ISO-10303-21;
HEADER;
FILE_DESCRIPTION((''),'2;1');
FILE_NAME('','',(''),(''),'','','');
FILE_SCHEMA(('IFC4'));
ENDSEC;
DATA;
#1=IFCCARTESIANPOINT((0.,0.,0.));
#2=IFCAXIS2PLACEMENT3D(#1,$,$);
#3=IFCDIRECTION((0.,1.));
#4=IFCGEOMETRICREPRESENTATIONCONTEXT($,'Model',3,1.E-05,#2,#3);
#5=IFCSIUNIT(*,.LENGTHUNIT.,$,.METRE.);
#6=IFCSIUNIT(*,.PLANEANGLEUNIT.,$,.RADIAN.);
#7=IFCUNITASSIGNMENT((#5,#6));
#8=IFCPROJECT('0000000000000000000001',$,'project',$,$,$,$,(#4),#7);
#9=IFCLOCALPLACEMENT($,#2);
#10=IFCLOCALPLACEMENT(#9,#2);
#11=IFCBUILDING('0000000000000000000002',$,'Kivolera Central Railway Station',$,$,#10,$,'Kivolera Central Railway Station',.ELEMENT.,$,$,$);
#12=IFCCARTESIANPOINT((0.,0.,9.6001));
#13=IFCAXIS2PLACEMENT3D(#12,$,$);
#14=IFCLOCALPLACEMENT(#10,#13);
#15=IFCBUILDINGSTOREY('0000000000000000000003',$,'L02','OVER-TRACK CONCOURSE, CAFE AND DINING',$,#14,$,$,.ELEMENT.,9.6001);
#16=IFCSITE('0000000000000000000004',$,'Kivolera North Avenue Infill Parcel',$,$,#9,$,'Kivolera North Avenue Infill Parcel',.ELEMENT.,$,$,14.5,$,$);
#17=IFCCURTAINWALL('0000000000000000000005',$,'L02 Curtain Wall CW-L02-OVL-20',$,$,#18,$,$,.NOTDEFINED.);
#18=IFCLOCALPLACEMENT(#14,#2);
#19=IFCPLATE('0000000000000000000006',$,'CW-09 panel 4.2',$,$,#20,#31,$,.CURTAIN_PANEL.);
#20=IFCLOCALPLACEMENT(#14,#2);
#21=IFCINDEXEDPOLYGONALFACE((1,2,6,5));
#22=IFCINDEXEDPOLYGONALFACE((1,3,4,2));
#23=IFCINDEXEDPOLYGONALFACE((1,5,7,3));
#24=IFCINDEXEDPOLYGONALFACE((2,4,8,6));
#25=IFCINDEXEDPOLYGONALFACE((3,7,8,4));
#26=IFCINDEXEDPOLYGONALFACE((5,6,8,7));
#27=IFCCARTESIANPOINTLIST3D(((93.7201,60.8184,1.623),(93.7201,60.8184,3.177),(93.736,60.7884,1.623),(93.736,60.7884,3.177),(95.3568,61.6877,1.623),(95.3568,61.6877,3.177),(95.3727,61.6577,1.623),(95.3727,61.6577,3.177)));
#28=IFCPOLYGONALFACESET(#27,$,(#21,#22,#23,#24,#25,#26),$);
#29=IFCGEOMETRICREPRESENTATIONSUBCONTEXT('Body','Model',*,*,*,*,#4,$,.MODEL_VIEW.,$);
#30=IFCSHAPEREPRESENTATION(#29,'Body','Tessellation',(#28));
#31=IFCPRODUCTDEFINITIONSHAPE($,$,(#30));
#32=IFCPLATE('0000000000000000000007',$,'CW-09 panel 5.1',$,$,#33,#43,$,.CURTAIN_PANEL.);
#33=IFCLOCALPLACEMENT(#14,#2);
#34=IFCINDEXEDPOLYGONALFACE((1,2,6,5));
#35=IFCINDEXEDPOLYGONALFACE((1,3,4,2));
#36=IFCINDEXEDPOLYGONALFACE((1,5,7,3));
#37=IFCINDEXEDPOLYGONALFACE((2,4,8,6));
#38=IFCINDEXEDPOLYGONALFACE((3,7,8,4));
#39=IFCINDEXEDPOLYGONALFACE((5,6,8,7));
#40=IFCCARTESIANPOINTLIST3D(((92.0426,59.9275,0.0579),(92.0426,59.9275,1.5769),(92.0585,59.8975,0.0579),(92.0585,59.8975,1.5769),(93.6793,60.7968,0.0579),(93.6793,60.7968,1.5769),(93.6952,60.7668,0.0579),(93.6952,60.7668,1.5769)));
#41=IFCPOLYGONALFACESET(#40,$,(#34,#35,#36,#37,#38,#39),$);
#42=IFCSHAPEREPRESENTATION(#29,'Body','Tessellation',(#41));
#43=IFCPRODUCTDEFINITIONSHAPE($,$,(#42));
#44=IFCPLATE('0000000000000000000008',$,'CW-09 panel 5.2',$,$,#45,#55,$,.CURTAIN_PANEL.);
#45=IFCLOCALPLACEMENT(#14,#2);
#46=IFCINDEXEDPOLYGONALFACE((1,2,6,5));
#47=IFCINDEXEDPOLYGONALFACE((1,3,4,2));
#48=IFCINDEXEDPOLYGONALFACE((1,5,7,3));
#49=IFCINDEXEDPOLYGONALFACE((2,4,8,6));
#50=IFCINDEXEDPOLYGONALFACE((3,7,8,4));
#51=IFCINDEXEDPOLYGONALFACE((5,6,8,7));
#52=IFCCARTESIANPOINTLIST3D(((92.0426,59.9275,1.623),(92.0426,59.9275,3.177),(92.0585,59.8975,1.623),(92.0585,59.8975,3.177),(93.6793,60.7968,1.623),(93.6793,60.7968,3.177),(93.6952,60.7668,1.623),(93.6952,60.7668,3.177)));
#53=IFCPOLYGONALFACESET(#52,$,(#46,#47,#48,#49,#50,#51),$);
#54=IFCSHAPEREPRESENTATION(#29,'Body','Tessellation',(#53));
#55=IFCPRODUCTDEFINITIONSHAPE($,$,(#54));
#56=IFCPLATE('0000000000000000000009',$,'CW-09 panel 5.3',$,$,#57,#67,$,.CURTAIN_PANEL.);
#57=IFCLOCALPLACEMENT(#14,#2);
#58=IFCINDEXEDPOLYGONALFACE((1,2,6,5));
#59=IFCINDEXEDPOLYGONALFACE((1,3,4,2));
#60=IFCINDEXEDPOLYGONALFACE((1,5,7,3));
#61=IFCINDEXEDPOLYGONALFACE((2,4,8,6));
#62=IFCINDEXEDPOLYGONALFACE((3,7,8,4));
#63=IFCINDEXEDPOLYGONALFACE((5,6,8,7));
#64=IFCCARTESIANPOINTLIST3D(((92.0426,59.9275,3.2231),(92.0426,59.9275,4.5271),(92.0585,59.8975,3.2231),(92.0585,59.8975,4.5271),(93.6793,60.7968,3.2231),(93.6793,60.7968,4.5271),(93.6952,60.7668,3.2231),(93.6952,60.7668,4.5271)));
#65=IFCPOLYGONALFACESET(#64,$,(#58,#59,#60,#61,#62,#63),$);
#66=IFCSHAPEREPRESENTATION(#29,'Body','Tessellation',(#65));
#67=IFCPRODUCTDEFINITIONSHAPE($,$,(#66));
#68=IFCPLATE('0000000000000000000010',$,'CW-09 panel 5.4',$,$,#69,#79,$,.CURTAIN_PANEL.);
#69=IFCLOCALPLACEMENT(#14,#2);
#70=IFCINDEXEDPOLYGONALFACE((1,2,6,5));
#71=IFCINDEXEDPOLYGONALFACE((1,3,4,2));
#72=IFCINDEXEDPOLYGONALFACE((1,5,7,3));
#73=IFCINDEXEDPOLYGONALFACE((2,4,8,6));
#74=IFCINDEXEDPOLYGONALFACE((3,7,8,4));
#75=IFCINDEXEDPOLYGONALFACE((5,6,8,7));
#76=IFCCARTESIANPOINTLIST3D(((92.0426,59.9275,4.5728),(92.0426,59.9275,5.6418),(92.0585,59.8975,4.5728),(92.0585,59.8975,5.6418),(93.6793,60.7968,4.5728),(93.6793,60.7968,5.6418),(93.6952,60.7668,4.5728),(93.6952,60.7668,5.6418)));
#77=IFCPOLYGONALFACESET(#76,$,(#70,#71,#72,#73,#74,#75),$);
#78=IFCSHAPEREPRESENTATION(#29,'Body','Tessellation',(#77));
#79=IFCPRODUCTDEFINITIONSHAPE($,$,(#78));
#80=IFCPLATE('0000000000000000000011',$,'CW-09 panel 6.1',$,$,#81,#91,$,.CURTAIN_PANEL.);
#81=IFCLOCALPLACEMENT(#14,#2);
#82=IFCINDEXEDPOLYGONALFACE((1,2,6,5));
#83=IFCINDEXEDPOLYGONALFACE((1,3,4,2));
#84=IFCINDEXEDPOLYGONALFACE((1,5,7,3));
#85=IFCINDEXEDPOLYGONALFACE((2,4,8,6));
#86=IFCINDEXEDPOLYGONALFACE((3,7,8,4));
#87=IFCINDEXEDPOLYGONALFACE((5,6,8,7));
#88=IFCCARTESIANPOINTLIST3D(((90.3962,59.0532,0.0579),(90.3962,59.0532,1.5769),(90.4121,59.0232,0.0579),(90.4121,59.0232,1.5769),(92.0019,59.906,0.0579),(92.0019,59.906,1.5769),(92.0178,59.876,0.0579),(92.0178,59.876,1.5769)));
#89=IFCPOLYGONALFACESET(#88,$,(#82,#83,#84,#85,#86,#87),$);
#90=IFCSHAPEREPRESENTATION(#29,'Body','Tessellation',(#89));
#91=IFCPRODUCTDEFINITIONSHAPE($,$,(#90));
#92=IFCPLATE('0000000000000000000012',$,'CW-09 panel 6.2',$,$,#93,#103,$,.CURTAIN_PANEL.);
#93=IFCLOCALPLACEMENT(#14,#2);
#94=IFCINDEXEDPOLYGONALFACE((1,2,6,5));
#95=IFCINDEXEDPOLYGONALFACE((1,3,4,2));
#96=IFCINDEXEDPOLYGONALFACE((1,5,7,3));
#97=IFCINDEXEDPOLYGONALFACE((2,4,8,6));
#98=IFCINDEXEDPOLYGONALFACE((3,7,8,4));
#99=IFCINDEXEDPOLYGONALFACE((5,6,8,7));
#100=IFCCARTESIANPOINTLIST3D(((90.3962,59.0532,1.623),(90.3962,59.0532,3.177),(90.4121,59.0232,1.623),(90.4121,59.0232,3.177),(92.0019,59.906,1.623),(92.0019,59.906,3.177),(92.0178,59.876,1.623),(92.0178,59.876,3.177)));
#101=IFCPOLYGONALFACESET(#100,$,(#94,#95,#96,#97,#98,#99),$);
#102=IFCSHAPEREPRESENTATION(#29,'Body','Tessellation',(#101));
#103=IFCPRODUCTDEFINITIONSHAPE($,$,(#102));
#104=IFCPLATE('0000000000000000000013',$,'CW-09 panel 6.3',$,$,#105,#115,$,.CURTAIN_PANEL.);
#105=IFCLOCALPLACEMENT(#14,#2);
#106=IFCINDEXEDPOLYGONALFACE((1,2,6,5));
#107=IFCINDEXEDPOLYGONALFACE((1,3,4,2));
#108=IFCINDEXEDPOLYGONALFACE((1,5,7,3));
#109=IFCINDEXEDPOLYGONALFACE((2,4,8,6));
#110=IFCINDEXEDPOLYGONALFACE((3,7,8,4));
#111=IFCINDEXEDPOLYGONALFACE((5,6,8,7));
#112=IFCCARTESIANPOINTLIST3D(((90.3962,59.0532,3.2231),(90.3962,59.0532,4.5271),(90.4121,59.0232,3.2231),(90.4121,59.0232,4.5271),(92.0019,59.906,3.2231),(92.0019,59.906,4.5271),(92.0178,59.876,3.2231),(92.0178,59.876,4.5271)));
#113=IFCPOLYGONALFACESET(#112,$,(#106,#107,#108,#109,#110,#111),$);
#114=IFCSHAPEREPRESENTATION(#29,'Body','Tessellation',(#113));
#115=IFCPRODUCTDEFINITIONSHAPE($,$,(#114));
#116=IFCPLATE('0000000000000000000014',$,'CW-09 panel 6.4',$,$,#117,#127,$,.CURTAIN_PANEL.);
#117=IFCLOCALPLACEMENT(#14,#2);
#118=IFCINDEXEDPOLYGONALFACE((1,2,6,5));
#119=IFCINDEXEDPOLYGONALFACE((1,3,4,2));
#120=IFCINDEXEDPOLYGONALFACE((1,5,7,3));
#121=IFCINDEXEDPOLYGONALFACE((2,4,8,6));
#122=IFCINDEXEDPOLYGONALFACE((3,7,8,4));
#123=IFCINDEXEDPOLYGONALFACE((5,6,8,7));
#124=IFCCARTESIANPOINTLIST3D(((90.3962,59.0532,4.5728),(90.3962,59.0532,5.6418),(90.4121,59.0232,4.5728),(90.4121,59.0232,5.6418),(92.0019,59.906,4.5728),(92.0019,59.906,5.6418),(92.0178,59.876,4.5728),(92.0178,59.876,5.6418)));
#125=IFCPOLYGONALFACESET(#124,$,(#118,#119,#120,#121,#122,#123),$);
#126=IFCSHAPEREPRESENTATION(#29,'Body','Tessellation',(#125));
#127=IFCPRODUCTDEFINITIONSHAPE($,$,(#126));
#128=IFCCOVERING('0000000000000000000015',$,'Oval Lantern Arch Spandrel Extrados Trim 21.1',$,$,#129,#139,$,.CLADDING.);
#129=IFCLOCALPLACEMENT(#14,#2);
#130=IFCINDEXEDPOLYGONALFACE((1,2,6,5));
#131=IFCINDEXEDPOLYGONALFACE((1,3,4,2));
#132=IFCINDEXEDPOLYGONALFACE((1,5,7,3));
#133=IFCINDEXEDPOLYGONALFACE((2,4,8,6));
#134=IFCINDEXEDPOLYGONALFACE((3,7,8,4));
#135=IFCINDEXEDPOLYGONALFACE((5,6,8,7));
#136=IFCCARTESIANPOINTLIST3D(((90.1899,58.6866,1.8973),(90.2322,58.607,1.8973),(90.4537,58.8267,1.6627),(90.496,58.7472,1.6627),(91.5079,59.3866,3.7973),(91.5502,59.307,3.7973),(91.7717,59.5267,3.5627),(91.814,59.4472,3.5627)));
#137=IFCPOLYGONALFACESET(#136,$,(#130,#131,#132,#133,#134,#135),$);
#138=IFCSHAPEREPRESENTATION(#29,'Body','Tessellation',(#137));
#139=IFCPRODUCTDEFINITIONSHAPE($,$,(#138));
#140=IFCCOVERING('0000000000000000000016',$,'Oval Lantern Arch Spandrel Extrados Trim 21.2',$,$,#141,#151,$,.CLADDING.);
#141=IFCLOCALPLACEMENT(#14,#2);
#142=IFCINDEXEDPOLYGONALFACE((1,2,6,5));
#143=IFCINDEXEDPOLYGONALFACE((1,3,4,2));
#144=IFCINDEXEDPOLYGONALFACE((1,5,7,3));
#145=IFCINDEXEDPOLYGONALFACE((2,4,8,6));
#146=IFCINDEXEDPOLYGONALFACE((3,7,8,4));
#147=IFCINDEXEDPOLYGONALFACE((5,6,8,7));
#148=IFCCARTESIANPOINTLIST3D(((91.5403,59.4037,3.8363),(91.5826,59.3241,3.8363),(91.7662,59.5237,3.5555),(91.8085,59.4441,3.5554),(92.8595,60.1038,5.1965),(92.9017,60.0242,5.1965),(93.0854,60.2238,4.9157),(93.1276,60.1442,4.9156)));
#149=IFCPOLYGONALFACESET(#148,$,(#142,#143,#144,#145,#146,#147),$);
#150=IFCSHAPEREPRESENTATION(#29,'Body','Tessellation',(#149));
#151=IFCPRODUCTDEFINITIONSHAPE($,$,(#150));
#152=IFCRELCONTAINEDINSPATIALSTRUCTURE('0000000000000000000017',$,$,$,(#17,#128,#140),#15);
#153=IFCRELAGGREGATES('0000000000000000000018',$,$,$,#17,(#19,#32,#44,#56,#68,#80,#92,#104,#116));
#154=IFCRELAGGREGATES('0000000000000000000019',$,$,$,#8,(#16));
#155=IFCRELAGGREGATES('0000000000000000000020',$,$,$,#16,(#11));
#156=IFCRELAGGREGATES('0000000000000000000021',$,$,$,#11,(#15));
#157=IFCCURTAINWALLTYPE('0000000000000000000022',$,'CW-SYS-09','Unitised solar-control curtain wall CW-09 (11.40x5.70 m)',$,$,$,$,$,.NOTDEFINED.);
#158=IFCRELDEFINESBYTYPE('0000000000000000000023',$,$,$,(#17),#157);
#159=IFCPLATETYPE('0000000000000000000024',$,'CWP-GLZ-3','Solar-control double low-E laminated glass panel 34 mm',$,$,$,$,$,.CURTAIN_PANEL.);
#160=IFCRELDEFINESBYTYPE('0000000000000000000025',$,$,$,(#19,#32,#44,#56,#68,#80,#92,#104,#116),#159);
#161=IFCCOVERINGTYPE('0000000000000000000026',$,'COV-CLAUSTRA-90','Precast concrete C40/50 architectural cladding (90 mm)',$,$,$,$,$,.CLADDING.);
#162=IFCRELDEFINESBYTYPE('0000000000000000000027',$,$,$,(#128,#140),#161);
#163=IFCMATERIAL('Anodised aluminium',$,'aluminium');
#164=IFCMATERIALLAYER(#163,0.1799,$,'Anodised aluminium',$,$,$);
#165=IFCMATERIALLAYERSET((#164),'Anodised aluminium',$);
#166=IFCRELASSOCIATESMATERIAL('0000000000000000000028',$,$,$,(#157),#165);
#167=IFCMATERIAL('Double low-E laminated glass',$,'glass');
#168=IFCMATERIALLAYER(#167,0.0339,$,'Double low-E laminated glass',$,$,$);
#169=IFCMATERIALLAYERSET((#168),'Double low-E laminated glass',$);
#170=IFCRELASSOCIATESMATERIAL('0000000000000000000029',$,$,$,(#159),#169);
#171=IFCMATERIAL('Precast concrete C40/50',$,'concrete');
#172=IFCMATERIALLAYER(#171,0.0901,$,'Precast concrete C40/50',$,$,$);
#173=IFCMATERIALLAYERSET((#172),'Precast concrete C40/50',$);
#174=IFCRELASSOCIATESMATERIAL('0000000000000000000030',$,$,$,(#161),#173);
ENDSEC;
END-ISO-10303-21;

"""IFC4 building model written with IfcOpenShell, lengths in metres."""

from ifc_helpers import new_model, si_unit, direction, frame, origin, origin_2d, place, context, subcontext, project, spatial, rectangle, extrude, material, layer, layer_set, type_object, element, aggregate, save


model = new_model("IFC4")

# Units and contexts
model_context = context("Model", 3, precision=1e-05, world=origin(), true_north=direction((0.0, 1.0)))
body_context = subcontext(model_context, "Body", "Model", "MODEL_VIEW")
ifc_project = project(units=[si_unit("LENGTHUNIT", "METRE"), si_unit("PLANEANGLEUNIT", "RADIAN")], contexts=[model_context])

# Site, building, storey
site_placement = place(None, origin())
site = spatial("IfcSite", under=ifc_project, at=site_placement, Name="Kivolera North Avenue Infill Parcel", LongName="Kivolera North Avenue Infill Parcel", CompositionType="ELEMENT", RefElevation=14.5)
building_placement = place(site_placement, origin())
building = spatial("IfcBuilding", under=site, at=building_placement, Name="Kivolera Central Railway Station", LongName="Kivolera Central Railway Station", CompositionType="ELEMENT")
storey_placement = place(building_placement, frame((0.0, 0.0, 9.6001)))
storey = spatial("IfcBuildingStorey", under=building, at=storey_placement, Name="L02", Description="OVER-TRACK CONCOURSE, CAFE AND DINING", CompositionType="ELEMENT", Elevation=9.6001)

# Shared definitions
ifc_material_1 = material(Name="Anodised aluminium", Category="aluminium")

# Curtain wall
ifc_layer_1 = layer(ifc_material_1, 0.1799, Name="Anodised aluminium")
ifc_layer_set_1 = layer_set([ifc_layer_1], Name="Anodised aluminium")
curtain_wall_type_1 = type_object("IfcCurtainWallType", Name="CW-SYS-09", Description="Unitised solar-control curtain wall CW-09 (11.40x5.70 m)", PredefinedType="NOTDEFINED", material=ifc_layer_set_1)
curtain_wall_1_placement = place(storey_placement, origin())
curtain_wall_1 = element("IfcCurtainWall", 1, at=curtain_wall_1_placement, inside=storey, type_object=curtain_wall_type_1, Name="L02 Curtain Wall CW-L02-OVL-20", PredefinedType="NOTDEFINED")

# Plates
ifc_material_2 = material(Name="Double low-E laminated glass", Category="glass")
ifc_layer_2 = layer(ifc_material_2, 0.0339, Name="Double low-E laminated glass")
ifc_layer_set_2 = layer_set([ifc_layer_2], Name="Double low-E laminated glass")
plate_type = type_object("IfcPlateType", Name="CWP-GLZ-3", Description="Solar-control double low-E laminated glass panel 34 mm", PredefinedType="CURTAIN_PANEL", material=ifc_layer_set_2)
plate_1_placement = place(storey_placement, frame((94.5464, 61.238, 1.623), z_axis=(0.0, 0.0, 1.0), x_axis=(-0.88317, -0.469053, 0.0)))
plate_1 = element("IfcPlate", 2, at=plate_1_placement, type_object=plate_type, Name="CW-09 panel 4.2", PredefinedType="CURTAIN_PANEL", context=body_context, shape_type="SweptSolid", body=[
    extrude(rectangle(XDim=1.8533, YDim=0.0339, at=origin_2d()), origin(), (0.0, 0.0, 1.0), 1.554),
])
plate_2_placement = place(storey_placement, frame((92.8689, 60.3472, 0.0579), z_axis=(0.0, 0.0, 1.0), x_axis=(-0.88317, -0.469053, 0.0)))
plate_2 = element("IfcPlate", 3, at=plate_2_placement, type_object=plate_type, Name="CW-09 panel 5.1", PredefinedType="CURTAIN_PANEL", context=body_context, shape_type="SweptSolid", body=[
    extrude(rectangle(XDim=1.8533, YDim=0.0339, at=origin_2d()), origin(), (0.0, 0.0, 1.0), 1.519),
])
plate_3_placement = place(storey_placement, frame((92.8689, 60.3472, 1.623), z_axis=(0.0, 0.0, 1.0), x_axis=(-0.88317, -0.469053, 0.0)))
plate_3 = element("IfcPlate", 4, at=plate_3_placement, type_object=plate_type, Name="CW-09 panel 5.2", PredefinedType="CURTAIN_PANEL", context=body_context, shape_type="SweptSolid", body=[
    extrude(rectangle(XDim=1.8533, YDim=0.0339, at=origin_2d()), origin(), (0.0, 0.0, 1.0), 1.554),
])
plate_4_placement = place(storey_placement, frame((92.8689, 60.3472, 3.2231), z_axis=(0.0, 0.0, 1.0), x_axis=(-0.88317, -0.469053, 0.0)))
plate_4 = element("IfcPlate", 5, at=plate_4_placement, type_object=plate_type, Name="CW-09 panel 5.3", PredefinedType="CURTAIN_PANEL", context=body_context, shape_type="SweptSolid", body=[
    extrude(rectangle(XDim=1.8533, YDim=0.0339, at=origin_2d()), origin(), (0.0, 0.0, 1.0), 1.304),
])
plate_5_placement = place(storey_placement, frame((92.8689, 60.3472, 4.5728), z_axis=(0.0, 0.0, 1.0), x_axis=(-0.88317, -0.469053, 0.0)))
plate_5 = element("IfcPlate", 6, at=plate_5_placement, type_object=plate_type, Name="CW-09 panel 5.4", PredefinedType="CURTAIN_PANEL", context=body_context, shape_type="SweptSolid", body=[
    extrude(rectangle(XDim=1.8533, YDim=0.0339, at=origin_2d()), origin(), (0.0, 0.0, 1.0), 1.0691),
])
plate_6_placement = place(storey_placement, frame((91.207, 59.4646, 0.0579), z_axis=(0.0, 0.0, 1.0), x_axis=(-0.88317, -0.469053, 0.0)))
plate_6 = element("IfcPlate", 7, at=plate_6_placement, type_object=plate_type, Name="CW-09 panel 6.1", PredefinedType="CURTAIN_PANEL", context=body_context, shape_type="SweptSolid", body=[
    extrude(rectangle(XDim=1.8181, YDim=0.0339, at=origin_2d()), origin(), (0.0, 0.0, 1.0), 1.519),
])
plate_7_placement = place(storey_placement, frame((91.207, 59.4646, 1.623), z_axis=(0.0, 0.0, 1.0), x_axis=(-0.88317, -0.469053, 0.0)))
plate_7 = element("IfcPlate", 8, at=plate_7_placement, type_object=plate_type, Name="CW-09 panel 6.2", PredefinedType="CURTAIN_PANEL", context=body_context, shape_type="SweptSolid", body=[
    extrude(rectangle(XDim=1.8181, YDim=0.0339, at=origin_2d()), origin(), (0.0, 0.0, 1.0), 1.554),
])
plate_8_placement = place(storey_placement, frame((91.207, 59.4646, 3.2231), z_axis=(0.0, 0.0, 1.0), x_axis=(-0.88317, -0.469053, 0.0)))
plate_8 = element("IfcPlate", 9, at=plate_8_placement, type_object=plate_type, Name="CW-09 panel 6.3", PredefinedType="CURTAIN_PANEL", context=body_context, shape_type="SweptSolid", body=[
    extrude(rectangle(XDim=1.8181, YDim=0.0339, at=origin_2d()), origin(), (0.0, 0.0, 1.0), 1.304),
])
plate_9_placement = place(storey_placement, frame((91.207, 59.4646, 4.5728), z_axis=(0.0, 0.0, 1.0), x_axis=(-0.88317, -0.469053, 0.0)))
plate_9 = element("IfcPlate", 10, at=plate_9_placement, type_object=plate_type, Name="CW-09 panel 6.4", PredefinedType="CURTAIN_PANEL", context=body_context, shape_type="SweptSolid", body=[
    extrude(rectangle(XDim=1.8181, YDim=0.0339, at=origin_2d()), origin(), (0.0, 0.0, 1.0), 1.0691),
])
aggregate(curtain_wall_1, [plate_1, plate_2, plate_3, plate_4, plate_5, plate_6, plate_7, plate_8, plate_9])

# Coverings
ifc_material_3 = material(Name="Precast concrete C40/50", Category="concrete")
ifc_layer_3 = layer(ifc_material_3, 0.0901, Name="Precast concrete C40/50")
ifc_layer_set_3 = layer_set([ifc_layer_3], Name="Precast concrete C40/50")
covering_type = type_object("IfcCoveringType", Name="COV-CLAUSTRA-90", Description="Precast concrete C40/50 architectural cladding (90 mm)", PredefinedType="CLADDING", material=ifc_layer_set_3)
covering_1_placement = place(storey_placement, frame((91.002, 59.0669, 2.73), z_axis=(0.545527, 0.289733, 0.786419), x_axis=(0.469119, -0.883135, 0.0)))
element("IfcCovering", 11, at=covering_1_placement, inside=storey, type_object=covering_type, Name="Oval Lantern Arch Spandrel Extrados Trim 21.1", PredefinedType="CLADDING", context=body_context, shape_type="SweptSolid", body=[
    extrude(rectangle(XDim=0.0901, YDim=0.3799, at=origin_2d()), frame((0.0, 0.0, -1.208)), (0.0, 0.0, 1.0), 2.416),
])
covering_2_placement = place(storey_placement, frame((92.334, 59.7739, 4.376), z_axis=(0.653053, 0.346579, 0.673353), x_axis=(0.469119, -0.883135, 0.0)))
element("IfcCovering", 12, at=covering_2_placement, inside=storey, type_object=covering_type, Name="Oval Lantern Arch Spandrel Extrados Trim 21.2", PredefinedType="CLADDING", context=body_context, shape_type="SweptSolid", body=[
    extrude(rectangle(XDim=0.0901, YDim=0.3799, at=origin_2d()), frame((0.0, 0.0, -1.01)), (0.0, 0.0, 1.0), 2.02),
])

save(model, "model.ifc")
